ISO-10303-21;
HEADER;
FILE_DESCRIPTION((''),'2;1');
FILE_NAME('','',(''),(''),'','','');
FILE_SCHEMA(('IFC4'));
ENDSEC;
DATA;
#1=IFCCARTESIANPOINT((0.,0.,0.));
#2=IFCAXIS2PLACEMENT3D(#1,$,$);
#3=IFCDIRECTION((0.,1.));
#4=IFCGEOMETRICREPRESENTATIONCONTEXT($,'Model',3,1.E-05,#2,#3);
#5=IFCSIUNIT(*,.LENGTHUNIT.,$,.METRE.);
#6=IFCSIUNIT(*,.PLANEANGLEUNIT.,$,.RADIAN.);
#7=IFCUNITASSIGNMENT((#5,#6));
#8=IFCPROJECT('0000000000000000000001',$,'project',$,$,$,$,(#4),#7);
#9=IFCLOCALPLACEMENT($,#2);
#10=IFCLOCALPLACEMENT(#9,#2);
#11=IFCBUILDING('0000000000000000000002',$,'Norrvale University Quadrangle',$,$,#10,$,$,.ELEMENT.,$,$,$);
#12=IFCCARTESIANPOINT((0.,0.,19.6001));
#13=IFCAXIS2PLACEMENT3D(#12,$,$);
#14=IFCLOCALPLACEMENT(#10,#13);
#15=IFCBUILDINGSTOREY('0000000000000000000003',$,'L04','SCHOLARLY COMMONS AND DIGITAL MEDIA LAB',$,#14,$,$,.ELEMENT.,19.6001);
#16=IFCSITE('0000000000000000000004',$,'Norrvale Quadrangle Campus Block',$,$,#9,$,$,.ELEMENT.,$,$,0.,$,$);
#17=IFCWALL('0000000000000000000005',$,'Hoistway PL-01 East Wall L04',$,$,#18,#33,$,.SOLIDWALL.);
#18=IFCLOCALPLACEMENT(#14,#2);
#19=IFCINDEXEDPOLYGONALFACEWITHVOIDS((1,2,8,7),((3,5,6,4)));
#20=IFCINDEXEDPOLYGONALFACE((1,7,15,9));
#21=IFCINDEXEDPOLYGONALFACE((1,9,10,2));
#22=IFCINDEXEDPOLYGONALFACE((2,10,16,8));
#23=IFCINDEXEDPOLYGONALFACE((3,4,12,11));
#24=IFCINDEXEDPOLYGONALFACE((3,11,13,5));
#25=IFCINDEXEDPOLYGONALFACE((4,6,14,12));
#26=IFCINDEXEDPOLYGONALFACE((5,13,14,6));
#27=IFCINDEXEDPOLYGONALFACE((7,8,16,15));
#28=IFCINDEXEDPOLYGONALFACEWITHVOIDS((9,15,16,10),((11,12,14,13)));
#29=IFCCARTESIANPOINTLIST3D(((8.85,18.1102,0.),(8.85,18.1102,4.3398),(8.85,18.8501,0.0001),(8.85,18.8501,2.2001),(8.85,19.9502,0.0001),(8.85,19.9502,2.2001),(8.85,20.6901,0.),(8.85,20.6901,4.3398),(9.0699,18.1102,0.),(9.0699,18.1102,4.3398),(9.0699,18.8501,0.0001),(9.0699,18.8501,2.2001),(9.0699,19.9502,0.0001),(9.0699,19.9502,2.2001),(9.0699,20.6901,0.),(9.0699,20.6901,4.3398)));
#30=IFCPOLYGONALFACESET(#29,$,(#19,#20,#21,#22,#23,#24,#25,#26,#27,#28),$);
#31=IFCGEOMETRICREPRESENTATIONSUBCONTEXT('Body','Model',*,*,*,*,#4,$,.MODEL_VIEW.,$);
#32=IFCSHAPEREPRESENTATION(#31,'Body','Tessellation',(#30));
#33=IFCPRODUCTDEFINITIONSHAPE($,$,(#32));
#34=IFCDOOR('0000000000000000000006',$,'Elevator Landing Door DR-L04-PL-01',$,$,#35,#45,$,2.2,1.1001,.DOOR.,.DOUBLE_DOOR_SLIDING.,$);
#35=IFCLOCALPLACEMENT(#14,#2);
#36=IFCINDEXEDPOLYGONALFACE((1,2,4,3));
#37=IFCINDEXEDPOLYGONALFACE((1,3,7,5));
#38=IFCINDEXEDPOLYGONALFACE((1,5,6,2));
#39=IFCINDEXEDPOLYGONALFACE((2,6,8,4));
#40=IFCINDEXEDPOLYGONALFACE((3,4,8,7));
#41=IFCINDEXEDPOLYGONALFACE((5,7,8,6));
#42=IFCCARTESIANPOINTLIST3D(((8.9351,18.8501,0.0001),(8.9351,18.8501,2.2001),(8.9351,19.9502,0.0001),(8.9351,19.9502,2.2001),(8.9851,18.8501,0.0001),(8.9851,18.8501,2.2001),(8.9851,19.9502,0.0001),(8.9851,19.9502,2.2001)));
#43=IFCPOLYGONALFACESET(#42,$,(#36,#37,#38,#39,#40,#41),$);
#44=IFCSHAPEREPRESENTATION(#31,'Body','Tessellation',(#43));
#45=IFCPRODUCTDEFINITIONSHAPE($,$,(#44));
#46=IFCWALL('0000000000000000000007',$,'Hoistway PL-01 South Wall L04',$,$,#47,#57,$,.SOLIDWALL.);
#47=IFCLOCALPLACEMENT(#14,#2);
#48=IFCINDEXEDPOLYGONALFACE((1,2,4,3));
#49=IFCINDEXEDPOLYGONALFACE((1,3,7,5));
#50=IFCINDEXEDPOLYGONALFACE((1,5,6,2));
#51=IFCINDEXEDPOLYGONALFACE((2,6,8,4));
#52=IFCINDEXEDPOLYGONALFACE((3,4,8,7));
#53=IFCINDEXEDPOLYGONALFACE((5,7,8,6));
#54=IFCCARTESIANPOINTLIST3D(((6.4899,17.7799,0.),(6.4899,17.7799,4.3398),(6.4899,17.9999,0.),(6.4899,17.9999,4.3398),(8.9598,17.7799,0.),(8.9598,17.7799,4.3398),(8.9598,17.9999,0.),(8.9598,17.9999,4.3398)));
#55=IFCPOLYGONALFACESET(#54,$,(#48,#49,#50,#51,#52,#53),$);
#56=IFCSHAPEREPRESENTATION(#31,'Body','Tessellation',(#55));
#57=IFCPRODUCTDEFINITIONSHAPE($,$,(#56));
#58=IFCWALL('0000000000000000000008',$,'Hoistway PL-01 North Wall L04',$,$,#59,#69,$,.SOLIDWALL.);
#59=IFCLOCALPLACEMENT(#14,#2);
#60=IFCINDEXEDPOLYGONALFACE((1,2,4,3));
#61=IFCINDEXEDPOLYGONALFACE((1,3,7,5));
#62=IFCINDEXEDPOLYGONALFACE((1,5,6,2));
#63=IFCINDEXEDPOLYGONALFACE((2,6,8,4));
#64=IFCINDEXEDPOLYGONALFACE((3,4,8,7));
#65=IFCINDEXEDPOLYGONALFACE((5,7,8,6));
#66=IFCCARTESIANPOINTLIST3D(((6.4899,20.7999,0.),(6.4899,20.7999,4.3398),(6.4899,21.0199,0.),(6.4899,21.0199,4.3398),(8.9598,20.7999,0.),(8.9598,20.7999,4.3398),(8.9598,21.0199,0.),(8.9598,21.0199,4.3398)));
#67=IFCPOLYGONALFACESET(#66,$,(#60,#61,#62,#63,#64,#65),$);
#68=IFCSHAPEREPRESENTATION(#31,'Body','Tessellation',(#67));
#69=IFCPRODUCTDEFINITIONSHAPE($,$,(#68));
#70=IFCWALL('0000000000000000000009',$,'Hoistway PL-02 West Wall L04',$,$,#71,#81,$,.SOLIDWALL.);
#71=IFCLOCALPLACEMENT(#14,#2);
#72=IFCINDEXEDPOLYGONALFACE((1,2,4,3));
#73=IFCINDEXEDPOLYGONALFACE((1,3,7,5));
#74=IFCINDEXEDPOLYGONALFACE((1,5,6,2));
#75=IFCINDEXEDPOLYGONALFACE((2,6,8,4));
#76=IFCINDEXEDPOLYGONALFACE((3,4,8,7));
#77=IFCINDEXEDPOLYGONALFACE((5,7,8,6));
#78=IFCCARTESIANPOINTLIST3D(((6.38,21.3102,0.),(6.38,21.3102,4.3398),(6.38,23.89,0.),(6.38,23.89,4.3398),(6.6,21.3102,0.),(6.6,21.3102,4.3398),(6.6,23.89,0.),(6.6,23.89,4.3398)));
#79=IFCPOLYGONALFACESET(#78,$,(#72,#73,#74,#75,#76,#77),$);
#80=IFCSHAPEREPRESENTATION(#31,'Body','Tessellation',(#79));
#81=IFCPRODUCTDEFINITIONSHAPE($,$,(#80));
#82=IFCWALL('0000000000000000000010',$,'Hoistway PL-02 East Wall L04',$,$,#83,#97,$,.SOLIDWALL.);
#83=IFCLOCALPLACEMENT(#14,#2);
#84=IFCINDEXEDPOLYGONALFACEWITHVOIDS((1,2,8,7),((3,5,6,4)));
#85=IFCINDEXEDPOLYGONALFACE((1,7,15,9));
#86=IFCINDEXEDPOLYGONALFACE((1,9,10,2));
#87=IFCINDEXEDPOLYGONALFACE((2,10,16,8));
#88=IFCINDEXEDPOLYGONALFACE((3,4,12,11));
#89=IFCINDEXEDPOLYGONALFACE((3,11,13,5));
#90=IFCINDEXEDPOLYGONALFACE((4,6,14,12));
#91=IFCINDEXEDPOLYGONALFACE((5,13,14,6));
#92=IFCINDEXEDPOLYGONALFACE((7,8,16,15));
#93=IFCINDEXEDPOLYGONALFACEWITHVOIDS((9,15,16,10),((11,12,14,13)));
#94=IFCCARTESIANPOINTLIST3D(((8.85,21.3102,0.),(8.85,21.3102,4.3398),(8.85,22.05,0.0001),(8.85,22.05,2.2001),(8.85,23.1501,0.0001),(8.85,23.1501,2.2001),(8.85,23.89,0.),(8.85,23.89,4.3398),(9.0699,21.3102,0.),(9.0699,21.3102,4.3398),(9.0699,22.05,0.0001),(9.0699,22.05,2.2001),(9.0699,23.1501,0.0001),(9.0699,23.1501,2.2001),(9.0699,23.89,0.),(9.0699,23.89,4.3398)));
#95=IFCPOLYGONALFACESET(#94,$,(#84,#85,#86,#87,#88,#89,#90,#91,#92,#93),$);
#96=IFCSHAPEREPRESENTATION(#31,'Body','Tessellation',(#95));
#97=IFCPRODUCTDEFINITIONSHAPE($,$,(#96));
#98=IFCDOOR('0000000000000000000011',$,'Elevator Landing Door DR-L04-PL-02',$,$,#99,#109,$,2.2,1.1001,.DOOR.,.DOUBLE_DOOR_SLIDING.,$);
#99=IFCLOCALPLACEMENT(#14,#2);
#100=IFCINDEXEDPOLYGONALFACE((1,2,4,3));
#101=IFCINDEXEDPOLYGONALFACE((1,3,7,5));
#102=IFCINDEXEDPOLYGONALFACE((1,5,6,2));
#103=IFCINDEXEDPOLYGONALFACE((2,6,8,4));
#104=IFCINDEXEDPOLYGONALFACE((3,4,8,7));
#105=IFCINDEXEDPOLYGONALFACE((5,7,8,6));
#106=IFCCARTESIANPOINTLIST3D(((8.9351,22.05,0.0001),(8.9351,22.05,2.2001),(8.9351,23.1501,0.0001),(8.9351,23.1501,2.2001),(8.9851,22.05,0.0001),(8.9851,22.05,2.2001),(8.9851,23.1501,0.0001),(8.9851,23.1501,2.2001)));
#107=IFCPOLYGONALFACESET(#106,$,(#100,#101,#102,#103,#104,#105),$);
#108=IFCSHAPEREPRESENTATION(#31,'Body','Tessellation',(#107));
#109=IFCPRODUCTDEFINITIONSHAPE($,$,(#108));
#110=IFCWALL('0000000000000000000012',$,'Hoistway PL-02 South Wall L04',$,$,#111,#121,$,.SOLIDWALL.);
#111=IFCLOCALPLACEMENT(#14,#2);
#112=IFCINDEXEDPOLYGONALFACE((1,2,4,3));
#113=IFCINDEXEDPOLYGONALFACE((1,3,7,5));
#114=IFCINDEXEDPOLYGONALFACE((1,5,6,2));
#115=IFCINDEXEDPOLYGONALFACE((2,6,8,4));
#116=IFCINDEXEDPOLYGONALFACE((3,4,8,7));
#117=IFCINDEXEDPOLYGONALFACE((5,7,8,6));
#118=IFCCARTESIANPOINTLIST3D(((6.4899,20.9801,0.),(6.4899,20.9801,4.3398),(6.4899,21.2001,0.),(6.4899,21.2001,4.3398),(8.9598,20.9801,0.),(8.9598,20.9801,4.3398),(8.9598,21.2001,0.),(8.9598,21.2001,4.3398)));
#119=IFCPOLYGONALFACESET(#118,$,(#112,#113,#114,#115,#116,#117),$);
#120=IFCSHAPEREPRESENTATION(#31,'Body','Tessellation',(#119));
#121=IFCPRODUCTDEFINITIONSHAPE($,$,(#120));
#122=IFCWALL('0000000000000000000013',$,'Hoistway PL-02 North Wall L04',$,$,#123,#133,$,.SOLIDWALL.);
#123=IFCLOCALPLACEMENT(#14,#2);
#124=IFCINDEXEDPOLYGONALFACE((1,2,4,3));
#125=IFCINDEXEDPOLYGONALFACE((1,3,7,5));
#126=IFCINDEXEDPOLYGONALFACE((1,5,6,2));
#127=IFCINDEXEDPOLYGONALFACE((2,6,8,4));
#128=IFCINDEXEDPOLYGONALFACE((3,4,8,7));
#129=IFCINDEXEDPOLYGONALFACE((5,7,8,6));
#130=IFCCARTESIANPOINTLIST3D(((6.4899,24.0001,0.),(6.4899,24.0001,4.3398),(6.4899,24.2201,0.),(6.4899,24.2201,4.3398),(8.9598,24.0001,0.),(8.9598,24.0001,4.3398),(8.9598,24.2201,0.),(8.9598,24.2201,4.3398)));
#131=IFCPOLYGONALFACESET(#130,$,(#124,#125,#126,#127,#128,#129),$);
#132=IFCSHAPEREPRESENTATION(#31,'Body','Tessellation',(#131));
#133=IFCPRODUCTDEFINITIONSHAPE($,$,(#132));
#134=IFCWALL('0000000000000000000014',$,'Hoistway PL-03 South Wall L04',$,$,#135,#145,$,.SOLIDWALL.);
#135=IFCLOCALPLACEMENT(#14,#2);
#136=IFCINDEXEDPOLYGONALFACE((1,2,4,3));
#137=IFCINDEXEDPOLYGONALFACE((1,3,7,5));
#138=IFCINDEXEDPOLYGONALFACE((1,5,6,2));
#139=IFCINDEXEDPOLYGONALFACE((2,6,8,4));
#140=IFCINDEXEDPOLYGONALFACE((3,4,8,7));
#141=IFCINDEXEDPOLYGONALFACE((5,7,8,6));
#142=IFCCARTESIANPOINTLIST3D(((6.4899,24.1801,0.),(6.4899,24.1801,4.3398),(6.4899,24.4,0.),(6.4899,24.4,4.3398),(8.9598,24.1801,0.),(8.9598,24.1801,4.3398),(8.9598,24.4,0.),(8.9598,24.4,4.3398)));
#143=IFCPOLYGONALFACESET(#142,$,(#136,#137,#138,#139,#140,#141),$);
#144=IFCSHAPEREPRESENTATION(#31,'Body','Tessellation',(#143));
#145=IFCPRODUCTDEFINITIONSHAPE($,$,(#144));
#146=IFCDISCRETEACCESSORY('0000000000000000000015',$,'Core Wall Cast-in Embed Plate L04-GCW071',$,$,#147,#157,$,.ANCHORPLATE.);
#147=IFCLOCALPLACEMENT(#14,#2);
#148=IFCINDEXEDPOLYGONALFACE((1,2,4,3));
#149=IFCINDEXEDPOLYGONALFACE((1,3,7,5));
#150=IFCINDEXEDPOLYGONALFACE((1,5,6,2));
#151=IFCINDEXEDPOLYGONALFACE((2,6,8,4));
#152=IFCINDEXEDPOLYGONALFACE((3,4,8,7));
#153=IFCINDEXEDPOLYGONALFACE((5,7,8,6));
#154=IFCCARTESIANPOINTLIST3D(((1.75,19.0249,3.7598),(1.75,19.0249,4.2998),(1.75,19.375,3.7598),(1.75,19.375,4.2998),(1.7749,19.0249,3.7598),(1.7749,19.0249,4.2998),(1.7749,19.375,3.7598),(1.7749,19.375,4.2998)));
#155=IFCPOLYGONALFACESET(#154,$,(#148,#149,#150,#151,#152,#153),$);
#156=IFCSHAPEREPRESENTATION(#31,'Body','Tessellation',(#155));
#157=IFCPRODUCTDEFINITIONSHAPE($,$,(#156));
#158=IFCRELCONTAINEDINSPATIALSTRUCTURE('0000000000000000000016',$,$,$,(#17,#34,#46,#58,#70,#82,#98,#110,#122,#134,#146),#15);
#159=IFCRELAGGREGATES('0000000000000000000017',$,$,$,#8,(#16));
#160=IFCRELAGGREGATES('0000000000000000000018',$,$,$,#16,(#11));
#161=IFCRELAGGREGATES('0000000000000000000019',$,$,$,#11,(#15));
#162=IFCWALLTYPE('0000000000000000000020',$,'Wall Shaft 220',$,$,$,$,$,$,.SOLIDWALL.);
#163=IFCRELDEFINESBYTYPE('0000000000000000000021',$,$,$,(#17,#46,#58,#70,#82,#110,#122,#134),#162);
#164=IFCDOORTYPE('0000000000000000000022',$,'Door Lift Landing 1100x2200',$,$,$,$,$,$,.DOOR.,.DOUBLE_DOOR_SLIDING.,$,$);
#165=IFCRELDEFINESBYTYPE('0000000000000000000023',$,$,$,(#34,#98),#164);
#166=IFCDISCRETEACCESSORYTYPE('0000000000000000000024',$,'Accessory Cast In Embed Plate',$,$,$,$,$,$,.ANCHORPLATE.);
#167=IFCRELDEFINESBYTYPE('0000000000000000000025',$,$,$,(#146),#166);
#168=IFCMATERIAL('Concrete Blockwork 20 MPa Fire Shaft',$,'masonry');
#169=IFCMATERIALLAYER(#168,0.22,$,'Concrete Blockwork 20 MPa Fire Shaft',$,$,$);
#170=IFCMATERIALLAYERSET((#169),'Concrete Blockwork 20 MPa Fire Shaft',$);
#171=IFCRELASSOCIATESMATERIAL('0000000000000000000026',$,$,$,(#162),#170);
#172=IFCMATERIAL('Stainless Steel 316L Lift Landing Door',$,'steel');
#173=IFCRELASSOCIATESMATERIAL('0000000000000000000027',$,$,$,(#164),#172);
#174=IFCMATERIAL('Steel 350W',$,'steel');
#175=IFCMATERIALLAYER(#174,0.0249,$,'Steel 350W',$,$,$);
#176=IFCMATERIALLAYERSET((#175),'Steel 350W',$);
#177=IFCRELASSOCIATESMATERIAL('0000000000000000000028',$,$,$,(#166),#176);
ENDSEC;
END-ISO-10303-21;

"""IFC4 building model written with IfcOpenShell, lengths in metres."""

from ifc_helpers import new_model, si_unit, direction, frame, frame_2d, origin, origin_2d, place, context, subcontext, project, spatial, rectangle, extrude, material, layer, layer_set, type_object, element, fill, save


model = new_model("IFC4")

# Units and contexts
model_context = context("Model", 3, precision=1e-05, world=origin(), true_north=direction((0.0, 1.0)))
body_context = subcontext(model_context, "Body", "Model", "MODEL_VIEW")
ifc_project = project(units=[si_unit("LENGTHUNIT", "METRE"), si_unit("PLANEANGLEUNIT", "RADIAN")], contexts=[model_context])

# Site, building, storey
site_placement = place(None, origin())
site = spatial("IfcSite", under=ifc_project, at=site_placement, Name="Norrvale Quadrangle Campus Block", CompositionType="ELEMENT", RefElevation=0.0)
building_placement = place(site_placement, origin())
building = spatial("IfcBuilding", under=site, at=building_placement, Name="Norrvale University Quadrangle", CompositionType="ELEMENT")
storey_placement = place(building_placement, frame((0.0, 0.0, 19.6001)))
storey = spatial("IfcBuildingStorey", under=building, at=storey_placement, Name="L04", Description="SCHOLARLY COMMONS AND DIGITAL MEDIA LAB", CompositionType="ELEMENT", Elevation=19.6001)

# Shared definitions
ifc_material_1 = material(Name="Steel 350W", Category="steel")

# Shared definitions
ifc_material_2 = material(Name="Concrete Blockwork 20 MPa Fire Shaft", Category="masonry")
ifc_layer_1 = layer(ifc_material_2, 0.22, Name="Concrete Blockwork 20 MPa Fire Shaft")
ifc_layer_set_1 = layer_set([ifc_layer_1], Name="Concrete Blockwork 20 MPa Fire Shaft")
wall_type_1 = type_object("IfcWallType", Name="Wall Shaft 220", PredefinedType="SOLIDWALL", material=ifc_layer_set_1)

# Wall, opening, door
wall_1_placement = place(storey_placement, frame((8.96, 18.1101, 0.0), z_axis=(0.0, 0.0, 1.0), x_axis=(0.0, 1.0, 0.0)))
wall_1 = element("IfcWall", 1, at=wall_1_placement, inside=storey, type_object=wall_type_1, Name="Hoistway PL-01 East Wall L04", PredefinedType="SOLIDWALL", context=body_context, shape_type="SweptSolid", body=[
    extrude(rectangle(XDim=2.5798, YDim=0.22, at=frame_2d((1.29, 0.0))), origin(), (0.0, 0.0, 1.0), 4.3398),
])
opening_1_placement = place(wall_1_placement, frame((0.74, 0.0, 0.0)))
opening_1 = element("IfcOpeningElement", 2, at=opening_1_placement, cuts=wall_1, PredefinedType="OPENING", context=body_context, shape_type="SweptSolid", body=[
    extrude(rectangle(XDim=1.1001, YDim=2.2, at=frame_2d((0.55, 1.1001))), frame((0.0, 0.1221, 0.0), z_axis=(0.0, -1.0, 0.0), x_axis=(1.0, 0.0, 0.0)), (0.0, 0.0, 1.0), 0.2439),
])
ifc_material_3 = material(Name="Stainless Steel 316L Lift Landing Door", Category="steel")
door_type_1 = type_object("IfcDoorType", Name="Door Lift Landing 1100x2200", OperationType="DOUBLE_DOOR_SLIDING", PredefinedType="DOOR", material=ifc_material_3)
door_1_placement = place(opening_1_placement, origin())
door_1 = element("IfcDoor", 3, at=door_1_placement, inside=storey, type_object=door_type_1, Name="Elevator Landing Door DR-L04-PL-01", OperationType="DOUBLE_DOOR_SLIDING", OverallHeight=2.2, OverallWidth=1.1001, PredefinedType="DOOR", context=body_context, shape_type="SweptSolid", body=[
    extrude(rectangle(XDim=1.1001, YDim=2.2, at=frame_2d((0.55, 1.1001))), frame((0.0, 0.0249, 0.0), z_axis=(0.0, -1.0, 0.0), x_axis=(1.0, 0.0, 0.0)), (0.0, 0.0, 1.0), 0.05),
])
fill(opening_1, door_1)

# Walls
for number, where, z_axis, x_axis, name in (
    (4, (6.49, 17.8899, 0.0), (0.0, 0.0, 1.0), (1.0, 0.0, 0.0), "Hoistway PL-01 South Wall L04"),
    (5, (6.49, 20.9099, 0.0), (0.0, 0.0, 1.0), (1.0, 0.0, 0.0), "Hoistway PL-01 North Wall L04"),
):
    element("IfcWall", number, at=place(storey_placement, frame(where, z_axis=z_axis, x_axis=x_axis)), inside=storey, type_object=wall_type_1, Name=name, PredefinedType="SOLIDWALL", context=body_context, shape_type="SweptSolid", body=[
        extrude(rectangle(XDim=2.47, YDim=0.22, at=frame_2d((1.2349, 0.0))), origin(), (0.0, 0.0, 1.0), 4.3398),
    ])
wall_2_placement = place(storey_placement, frame((6.49, 21.3101, 0.0), z_axis=(0.0, 0.0, 1.0), x_axis=(0.0, 1.0, 0.0)))
element("IfcWall", 6, at=wall_2_placement, inside=storey, type_object=wall_type_1, Name="Hoistway PL-02 West Wall L04", PredefinedType="SOLIDWALL", context=body_context, shape_type="SweptSolid", body=[
    extrude(rectangle(XDim=2.5798, YDim=0.22, at=frame_2d((1.29, 0.0))), origin(), (0.0, 0.0, 1.0), 4.3398),
])

# Wall, opening, door
wall_3_placement = place(storey_placement, frame((8.96, 21.3101, 0.0), z_axis=(0.0, 0.0, 1.0), x_axis=(0.0, 1.0, 0.0)))
wall_3 = element("IfcWall", 7, at=wall_3_placement, inside=storey, type_object=wall_type_1, Name="Hoistway PL-02 East Wall L04", PredefinedType="SOLIDWALL", context=body_context, shape_type="SweptSolid", body=[
    extrude(rectangle(XDim=2.5798, YDim=0.22, at=frame_2d((1.29, 0.0))), origin(), (0.0, 0.0, 1.0), 4.3398),
])
opening_2_placement = place(wall_3_placement, frame((0.74, 0.0, 0.0)))
opening_2 = element("IfcOpeningElement", 8, at=opening_2_placement, cuts=wall_3, PredefinedType="OPENING", context=body_context, shape_type="SweptSolid", body=[
    extrude(rectangle(XDim=1.1001, YDim=2.2, at=frame_2d((0.55, 1.1001))), frame((0.0, 0.1221, 0.0), z_axis=(0.0, -1.0, 0.0), x_axis=(1.0, 0.0, 0.0)), (0.0, 0.0, 1.0), 0.2439),
])
door_2_placement = place(opening_2_placement, origin())
door_2 = element("IfcDoor", 9, at=door_2_placement, inside=storey, type_object=door_type_1, Name="Elevator Landing Door DR-L04-PL-02", OperationType="DOUBLE_DOOR_SLIDING", OverallHeight=2.2, OverallWidth=1.1001, PredefinedType="DOOR", context=body_context, shape_type="SweptSolid", body=[
    extrude(rectangle(XDim=1.1001, YDim=2.2, at=frame_2d((0.55, 1.1001))), frame((0.0, 0.0249, 0.0), z_axis=(0.0, -1.0, 0.0), x_axis=(1.0, 0.0, 0.0)), (0.0, 0.0, 1.0), 0.05),
])
fill(opening_2, door_2)

# Walls
for number, where, z_axis, x_axis, name in (
    (10, (6.49, 21.0901, 0.0), (0.0, 0.0, 1.0), (1.0, 0.0, 0.0), "Hoistway PL-02 South Wall L04"),
    (11, (6.49, 24.1101, 0.0), (0.0, 0.0, 1.0), (1.0, 0.0, 0.0), "Hoistway PL-02 North Wall L04"),
    (12, (6.49, 24.29, 0.0), (0.0, 0.0, 1.0), (1.0, 0.0, 0.0), "Hoistway PL-03 South Wall L04"),
):
    element("IfcWall", number, at=place(storey_placement, frame(where, z_axis=z_axis, x_axis=x_axis)), inside=storey, type_object=wall_type_1, Name=name, PredefinedType="SOLIDWALL", context=body_context, shape_type="SweptSolid", body=[
        extrude(rectangle(XDim=2.47, YDim=0.22, at=frame_2d((1.2349, 0.0))), origin(), (0.0, 0.0, 1.0), 4.3398),
    ])

# Discrete accessory
ifc_layer_2 = layer(ifc_material_1, 0.0249, Name="Steel 350W")
ifc_layer_set_2 = layer_set([ifc_layer_2], Name="Steel 350W")
discrete_accessory_type = type_object("IfcDiscreteAccessoryType", Name="Accessory Cast In Embed Plate", PredefinedType="ANCHORPLATE", material=ifc_layer_set_2)
discrete_accessory_placement = place(storey_placement, frame((1.7625, 19.2, 3.7598), z_axis=(0.0, 0.0, 1.0), x_axis=(1.0, 0.0, 0.0)))
element("IfcDiscreteAccessory", 13, at=discrete_accessory_placement, inside=storey, type_object=discrete_accessory_type, Name="Core Wall Cast-in Embed Plate L04-GCW071", PredefinedType="ANCHORPLATE", context=body_context, shape_type="SweptSolid", body=[
    extrude(rectangle(XDim=0.0249, YDim=0.3501, at=origin_2d()), origin(), (0.0, 0.0, 1.0), 0.54),
])

save(model, "model.ifc")
